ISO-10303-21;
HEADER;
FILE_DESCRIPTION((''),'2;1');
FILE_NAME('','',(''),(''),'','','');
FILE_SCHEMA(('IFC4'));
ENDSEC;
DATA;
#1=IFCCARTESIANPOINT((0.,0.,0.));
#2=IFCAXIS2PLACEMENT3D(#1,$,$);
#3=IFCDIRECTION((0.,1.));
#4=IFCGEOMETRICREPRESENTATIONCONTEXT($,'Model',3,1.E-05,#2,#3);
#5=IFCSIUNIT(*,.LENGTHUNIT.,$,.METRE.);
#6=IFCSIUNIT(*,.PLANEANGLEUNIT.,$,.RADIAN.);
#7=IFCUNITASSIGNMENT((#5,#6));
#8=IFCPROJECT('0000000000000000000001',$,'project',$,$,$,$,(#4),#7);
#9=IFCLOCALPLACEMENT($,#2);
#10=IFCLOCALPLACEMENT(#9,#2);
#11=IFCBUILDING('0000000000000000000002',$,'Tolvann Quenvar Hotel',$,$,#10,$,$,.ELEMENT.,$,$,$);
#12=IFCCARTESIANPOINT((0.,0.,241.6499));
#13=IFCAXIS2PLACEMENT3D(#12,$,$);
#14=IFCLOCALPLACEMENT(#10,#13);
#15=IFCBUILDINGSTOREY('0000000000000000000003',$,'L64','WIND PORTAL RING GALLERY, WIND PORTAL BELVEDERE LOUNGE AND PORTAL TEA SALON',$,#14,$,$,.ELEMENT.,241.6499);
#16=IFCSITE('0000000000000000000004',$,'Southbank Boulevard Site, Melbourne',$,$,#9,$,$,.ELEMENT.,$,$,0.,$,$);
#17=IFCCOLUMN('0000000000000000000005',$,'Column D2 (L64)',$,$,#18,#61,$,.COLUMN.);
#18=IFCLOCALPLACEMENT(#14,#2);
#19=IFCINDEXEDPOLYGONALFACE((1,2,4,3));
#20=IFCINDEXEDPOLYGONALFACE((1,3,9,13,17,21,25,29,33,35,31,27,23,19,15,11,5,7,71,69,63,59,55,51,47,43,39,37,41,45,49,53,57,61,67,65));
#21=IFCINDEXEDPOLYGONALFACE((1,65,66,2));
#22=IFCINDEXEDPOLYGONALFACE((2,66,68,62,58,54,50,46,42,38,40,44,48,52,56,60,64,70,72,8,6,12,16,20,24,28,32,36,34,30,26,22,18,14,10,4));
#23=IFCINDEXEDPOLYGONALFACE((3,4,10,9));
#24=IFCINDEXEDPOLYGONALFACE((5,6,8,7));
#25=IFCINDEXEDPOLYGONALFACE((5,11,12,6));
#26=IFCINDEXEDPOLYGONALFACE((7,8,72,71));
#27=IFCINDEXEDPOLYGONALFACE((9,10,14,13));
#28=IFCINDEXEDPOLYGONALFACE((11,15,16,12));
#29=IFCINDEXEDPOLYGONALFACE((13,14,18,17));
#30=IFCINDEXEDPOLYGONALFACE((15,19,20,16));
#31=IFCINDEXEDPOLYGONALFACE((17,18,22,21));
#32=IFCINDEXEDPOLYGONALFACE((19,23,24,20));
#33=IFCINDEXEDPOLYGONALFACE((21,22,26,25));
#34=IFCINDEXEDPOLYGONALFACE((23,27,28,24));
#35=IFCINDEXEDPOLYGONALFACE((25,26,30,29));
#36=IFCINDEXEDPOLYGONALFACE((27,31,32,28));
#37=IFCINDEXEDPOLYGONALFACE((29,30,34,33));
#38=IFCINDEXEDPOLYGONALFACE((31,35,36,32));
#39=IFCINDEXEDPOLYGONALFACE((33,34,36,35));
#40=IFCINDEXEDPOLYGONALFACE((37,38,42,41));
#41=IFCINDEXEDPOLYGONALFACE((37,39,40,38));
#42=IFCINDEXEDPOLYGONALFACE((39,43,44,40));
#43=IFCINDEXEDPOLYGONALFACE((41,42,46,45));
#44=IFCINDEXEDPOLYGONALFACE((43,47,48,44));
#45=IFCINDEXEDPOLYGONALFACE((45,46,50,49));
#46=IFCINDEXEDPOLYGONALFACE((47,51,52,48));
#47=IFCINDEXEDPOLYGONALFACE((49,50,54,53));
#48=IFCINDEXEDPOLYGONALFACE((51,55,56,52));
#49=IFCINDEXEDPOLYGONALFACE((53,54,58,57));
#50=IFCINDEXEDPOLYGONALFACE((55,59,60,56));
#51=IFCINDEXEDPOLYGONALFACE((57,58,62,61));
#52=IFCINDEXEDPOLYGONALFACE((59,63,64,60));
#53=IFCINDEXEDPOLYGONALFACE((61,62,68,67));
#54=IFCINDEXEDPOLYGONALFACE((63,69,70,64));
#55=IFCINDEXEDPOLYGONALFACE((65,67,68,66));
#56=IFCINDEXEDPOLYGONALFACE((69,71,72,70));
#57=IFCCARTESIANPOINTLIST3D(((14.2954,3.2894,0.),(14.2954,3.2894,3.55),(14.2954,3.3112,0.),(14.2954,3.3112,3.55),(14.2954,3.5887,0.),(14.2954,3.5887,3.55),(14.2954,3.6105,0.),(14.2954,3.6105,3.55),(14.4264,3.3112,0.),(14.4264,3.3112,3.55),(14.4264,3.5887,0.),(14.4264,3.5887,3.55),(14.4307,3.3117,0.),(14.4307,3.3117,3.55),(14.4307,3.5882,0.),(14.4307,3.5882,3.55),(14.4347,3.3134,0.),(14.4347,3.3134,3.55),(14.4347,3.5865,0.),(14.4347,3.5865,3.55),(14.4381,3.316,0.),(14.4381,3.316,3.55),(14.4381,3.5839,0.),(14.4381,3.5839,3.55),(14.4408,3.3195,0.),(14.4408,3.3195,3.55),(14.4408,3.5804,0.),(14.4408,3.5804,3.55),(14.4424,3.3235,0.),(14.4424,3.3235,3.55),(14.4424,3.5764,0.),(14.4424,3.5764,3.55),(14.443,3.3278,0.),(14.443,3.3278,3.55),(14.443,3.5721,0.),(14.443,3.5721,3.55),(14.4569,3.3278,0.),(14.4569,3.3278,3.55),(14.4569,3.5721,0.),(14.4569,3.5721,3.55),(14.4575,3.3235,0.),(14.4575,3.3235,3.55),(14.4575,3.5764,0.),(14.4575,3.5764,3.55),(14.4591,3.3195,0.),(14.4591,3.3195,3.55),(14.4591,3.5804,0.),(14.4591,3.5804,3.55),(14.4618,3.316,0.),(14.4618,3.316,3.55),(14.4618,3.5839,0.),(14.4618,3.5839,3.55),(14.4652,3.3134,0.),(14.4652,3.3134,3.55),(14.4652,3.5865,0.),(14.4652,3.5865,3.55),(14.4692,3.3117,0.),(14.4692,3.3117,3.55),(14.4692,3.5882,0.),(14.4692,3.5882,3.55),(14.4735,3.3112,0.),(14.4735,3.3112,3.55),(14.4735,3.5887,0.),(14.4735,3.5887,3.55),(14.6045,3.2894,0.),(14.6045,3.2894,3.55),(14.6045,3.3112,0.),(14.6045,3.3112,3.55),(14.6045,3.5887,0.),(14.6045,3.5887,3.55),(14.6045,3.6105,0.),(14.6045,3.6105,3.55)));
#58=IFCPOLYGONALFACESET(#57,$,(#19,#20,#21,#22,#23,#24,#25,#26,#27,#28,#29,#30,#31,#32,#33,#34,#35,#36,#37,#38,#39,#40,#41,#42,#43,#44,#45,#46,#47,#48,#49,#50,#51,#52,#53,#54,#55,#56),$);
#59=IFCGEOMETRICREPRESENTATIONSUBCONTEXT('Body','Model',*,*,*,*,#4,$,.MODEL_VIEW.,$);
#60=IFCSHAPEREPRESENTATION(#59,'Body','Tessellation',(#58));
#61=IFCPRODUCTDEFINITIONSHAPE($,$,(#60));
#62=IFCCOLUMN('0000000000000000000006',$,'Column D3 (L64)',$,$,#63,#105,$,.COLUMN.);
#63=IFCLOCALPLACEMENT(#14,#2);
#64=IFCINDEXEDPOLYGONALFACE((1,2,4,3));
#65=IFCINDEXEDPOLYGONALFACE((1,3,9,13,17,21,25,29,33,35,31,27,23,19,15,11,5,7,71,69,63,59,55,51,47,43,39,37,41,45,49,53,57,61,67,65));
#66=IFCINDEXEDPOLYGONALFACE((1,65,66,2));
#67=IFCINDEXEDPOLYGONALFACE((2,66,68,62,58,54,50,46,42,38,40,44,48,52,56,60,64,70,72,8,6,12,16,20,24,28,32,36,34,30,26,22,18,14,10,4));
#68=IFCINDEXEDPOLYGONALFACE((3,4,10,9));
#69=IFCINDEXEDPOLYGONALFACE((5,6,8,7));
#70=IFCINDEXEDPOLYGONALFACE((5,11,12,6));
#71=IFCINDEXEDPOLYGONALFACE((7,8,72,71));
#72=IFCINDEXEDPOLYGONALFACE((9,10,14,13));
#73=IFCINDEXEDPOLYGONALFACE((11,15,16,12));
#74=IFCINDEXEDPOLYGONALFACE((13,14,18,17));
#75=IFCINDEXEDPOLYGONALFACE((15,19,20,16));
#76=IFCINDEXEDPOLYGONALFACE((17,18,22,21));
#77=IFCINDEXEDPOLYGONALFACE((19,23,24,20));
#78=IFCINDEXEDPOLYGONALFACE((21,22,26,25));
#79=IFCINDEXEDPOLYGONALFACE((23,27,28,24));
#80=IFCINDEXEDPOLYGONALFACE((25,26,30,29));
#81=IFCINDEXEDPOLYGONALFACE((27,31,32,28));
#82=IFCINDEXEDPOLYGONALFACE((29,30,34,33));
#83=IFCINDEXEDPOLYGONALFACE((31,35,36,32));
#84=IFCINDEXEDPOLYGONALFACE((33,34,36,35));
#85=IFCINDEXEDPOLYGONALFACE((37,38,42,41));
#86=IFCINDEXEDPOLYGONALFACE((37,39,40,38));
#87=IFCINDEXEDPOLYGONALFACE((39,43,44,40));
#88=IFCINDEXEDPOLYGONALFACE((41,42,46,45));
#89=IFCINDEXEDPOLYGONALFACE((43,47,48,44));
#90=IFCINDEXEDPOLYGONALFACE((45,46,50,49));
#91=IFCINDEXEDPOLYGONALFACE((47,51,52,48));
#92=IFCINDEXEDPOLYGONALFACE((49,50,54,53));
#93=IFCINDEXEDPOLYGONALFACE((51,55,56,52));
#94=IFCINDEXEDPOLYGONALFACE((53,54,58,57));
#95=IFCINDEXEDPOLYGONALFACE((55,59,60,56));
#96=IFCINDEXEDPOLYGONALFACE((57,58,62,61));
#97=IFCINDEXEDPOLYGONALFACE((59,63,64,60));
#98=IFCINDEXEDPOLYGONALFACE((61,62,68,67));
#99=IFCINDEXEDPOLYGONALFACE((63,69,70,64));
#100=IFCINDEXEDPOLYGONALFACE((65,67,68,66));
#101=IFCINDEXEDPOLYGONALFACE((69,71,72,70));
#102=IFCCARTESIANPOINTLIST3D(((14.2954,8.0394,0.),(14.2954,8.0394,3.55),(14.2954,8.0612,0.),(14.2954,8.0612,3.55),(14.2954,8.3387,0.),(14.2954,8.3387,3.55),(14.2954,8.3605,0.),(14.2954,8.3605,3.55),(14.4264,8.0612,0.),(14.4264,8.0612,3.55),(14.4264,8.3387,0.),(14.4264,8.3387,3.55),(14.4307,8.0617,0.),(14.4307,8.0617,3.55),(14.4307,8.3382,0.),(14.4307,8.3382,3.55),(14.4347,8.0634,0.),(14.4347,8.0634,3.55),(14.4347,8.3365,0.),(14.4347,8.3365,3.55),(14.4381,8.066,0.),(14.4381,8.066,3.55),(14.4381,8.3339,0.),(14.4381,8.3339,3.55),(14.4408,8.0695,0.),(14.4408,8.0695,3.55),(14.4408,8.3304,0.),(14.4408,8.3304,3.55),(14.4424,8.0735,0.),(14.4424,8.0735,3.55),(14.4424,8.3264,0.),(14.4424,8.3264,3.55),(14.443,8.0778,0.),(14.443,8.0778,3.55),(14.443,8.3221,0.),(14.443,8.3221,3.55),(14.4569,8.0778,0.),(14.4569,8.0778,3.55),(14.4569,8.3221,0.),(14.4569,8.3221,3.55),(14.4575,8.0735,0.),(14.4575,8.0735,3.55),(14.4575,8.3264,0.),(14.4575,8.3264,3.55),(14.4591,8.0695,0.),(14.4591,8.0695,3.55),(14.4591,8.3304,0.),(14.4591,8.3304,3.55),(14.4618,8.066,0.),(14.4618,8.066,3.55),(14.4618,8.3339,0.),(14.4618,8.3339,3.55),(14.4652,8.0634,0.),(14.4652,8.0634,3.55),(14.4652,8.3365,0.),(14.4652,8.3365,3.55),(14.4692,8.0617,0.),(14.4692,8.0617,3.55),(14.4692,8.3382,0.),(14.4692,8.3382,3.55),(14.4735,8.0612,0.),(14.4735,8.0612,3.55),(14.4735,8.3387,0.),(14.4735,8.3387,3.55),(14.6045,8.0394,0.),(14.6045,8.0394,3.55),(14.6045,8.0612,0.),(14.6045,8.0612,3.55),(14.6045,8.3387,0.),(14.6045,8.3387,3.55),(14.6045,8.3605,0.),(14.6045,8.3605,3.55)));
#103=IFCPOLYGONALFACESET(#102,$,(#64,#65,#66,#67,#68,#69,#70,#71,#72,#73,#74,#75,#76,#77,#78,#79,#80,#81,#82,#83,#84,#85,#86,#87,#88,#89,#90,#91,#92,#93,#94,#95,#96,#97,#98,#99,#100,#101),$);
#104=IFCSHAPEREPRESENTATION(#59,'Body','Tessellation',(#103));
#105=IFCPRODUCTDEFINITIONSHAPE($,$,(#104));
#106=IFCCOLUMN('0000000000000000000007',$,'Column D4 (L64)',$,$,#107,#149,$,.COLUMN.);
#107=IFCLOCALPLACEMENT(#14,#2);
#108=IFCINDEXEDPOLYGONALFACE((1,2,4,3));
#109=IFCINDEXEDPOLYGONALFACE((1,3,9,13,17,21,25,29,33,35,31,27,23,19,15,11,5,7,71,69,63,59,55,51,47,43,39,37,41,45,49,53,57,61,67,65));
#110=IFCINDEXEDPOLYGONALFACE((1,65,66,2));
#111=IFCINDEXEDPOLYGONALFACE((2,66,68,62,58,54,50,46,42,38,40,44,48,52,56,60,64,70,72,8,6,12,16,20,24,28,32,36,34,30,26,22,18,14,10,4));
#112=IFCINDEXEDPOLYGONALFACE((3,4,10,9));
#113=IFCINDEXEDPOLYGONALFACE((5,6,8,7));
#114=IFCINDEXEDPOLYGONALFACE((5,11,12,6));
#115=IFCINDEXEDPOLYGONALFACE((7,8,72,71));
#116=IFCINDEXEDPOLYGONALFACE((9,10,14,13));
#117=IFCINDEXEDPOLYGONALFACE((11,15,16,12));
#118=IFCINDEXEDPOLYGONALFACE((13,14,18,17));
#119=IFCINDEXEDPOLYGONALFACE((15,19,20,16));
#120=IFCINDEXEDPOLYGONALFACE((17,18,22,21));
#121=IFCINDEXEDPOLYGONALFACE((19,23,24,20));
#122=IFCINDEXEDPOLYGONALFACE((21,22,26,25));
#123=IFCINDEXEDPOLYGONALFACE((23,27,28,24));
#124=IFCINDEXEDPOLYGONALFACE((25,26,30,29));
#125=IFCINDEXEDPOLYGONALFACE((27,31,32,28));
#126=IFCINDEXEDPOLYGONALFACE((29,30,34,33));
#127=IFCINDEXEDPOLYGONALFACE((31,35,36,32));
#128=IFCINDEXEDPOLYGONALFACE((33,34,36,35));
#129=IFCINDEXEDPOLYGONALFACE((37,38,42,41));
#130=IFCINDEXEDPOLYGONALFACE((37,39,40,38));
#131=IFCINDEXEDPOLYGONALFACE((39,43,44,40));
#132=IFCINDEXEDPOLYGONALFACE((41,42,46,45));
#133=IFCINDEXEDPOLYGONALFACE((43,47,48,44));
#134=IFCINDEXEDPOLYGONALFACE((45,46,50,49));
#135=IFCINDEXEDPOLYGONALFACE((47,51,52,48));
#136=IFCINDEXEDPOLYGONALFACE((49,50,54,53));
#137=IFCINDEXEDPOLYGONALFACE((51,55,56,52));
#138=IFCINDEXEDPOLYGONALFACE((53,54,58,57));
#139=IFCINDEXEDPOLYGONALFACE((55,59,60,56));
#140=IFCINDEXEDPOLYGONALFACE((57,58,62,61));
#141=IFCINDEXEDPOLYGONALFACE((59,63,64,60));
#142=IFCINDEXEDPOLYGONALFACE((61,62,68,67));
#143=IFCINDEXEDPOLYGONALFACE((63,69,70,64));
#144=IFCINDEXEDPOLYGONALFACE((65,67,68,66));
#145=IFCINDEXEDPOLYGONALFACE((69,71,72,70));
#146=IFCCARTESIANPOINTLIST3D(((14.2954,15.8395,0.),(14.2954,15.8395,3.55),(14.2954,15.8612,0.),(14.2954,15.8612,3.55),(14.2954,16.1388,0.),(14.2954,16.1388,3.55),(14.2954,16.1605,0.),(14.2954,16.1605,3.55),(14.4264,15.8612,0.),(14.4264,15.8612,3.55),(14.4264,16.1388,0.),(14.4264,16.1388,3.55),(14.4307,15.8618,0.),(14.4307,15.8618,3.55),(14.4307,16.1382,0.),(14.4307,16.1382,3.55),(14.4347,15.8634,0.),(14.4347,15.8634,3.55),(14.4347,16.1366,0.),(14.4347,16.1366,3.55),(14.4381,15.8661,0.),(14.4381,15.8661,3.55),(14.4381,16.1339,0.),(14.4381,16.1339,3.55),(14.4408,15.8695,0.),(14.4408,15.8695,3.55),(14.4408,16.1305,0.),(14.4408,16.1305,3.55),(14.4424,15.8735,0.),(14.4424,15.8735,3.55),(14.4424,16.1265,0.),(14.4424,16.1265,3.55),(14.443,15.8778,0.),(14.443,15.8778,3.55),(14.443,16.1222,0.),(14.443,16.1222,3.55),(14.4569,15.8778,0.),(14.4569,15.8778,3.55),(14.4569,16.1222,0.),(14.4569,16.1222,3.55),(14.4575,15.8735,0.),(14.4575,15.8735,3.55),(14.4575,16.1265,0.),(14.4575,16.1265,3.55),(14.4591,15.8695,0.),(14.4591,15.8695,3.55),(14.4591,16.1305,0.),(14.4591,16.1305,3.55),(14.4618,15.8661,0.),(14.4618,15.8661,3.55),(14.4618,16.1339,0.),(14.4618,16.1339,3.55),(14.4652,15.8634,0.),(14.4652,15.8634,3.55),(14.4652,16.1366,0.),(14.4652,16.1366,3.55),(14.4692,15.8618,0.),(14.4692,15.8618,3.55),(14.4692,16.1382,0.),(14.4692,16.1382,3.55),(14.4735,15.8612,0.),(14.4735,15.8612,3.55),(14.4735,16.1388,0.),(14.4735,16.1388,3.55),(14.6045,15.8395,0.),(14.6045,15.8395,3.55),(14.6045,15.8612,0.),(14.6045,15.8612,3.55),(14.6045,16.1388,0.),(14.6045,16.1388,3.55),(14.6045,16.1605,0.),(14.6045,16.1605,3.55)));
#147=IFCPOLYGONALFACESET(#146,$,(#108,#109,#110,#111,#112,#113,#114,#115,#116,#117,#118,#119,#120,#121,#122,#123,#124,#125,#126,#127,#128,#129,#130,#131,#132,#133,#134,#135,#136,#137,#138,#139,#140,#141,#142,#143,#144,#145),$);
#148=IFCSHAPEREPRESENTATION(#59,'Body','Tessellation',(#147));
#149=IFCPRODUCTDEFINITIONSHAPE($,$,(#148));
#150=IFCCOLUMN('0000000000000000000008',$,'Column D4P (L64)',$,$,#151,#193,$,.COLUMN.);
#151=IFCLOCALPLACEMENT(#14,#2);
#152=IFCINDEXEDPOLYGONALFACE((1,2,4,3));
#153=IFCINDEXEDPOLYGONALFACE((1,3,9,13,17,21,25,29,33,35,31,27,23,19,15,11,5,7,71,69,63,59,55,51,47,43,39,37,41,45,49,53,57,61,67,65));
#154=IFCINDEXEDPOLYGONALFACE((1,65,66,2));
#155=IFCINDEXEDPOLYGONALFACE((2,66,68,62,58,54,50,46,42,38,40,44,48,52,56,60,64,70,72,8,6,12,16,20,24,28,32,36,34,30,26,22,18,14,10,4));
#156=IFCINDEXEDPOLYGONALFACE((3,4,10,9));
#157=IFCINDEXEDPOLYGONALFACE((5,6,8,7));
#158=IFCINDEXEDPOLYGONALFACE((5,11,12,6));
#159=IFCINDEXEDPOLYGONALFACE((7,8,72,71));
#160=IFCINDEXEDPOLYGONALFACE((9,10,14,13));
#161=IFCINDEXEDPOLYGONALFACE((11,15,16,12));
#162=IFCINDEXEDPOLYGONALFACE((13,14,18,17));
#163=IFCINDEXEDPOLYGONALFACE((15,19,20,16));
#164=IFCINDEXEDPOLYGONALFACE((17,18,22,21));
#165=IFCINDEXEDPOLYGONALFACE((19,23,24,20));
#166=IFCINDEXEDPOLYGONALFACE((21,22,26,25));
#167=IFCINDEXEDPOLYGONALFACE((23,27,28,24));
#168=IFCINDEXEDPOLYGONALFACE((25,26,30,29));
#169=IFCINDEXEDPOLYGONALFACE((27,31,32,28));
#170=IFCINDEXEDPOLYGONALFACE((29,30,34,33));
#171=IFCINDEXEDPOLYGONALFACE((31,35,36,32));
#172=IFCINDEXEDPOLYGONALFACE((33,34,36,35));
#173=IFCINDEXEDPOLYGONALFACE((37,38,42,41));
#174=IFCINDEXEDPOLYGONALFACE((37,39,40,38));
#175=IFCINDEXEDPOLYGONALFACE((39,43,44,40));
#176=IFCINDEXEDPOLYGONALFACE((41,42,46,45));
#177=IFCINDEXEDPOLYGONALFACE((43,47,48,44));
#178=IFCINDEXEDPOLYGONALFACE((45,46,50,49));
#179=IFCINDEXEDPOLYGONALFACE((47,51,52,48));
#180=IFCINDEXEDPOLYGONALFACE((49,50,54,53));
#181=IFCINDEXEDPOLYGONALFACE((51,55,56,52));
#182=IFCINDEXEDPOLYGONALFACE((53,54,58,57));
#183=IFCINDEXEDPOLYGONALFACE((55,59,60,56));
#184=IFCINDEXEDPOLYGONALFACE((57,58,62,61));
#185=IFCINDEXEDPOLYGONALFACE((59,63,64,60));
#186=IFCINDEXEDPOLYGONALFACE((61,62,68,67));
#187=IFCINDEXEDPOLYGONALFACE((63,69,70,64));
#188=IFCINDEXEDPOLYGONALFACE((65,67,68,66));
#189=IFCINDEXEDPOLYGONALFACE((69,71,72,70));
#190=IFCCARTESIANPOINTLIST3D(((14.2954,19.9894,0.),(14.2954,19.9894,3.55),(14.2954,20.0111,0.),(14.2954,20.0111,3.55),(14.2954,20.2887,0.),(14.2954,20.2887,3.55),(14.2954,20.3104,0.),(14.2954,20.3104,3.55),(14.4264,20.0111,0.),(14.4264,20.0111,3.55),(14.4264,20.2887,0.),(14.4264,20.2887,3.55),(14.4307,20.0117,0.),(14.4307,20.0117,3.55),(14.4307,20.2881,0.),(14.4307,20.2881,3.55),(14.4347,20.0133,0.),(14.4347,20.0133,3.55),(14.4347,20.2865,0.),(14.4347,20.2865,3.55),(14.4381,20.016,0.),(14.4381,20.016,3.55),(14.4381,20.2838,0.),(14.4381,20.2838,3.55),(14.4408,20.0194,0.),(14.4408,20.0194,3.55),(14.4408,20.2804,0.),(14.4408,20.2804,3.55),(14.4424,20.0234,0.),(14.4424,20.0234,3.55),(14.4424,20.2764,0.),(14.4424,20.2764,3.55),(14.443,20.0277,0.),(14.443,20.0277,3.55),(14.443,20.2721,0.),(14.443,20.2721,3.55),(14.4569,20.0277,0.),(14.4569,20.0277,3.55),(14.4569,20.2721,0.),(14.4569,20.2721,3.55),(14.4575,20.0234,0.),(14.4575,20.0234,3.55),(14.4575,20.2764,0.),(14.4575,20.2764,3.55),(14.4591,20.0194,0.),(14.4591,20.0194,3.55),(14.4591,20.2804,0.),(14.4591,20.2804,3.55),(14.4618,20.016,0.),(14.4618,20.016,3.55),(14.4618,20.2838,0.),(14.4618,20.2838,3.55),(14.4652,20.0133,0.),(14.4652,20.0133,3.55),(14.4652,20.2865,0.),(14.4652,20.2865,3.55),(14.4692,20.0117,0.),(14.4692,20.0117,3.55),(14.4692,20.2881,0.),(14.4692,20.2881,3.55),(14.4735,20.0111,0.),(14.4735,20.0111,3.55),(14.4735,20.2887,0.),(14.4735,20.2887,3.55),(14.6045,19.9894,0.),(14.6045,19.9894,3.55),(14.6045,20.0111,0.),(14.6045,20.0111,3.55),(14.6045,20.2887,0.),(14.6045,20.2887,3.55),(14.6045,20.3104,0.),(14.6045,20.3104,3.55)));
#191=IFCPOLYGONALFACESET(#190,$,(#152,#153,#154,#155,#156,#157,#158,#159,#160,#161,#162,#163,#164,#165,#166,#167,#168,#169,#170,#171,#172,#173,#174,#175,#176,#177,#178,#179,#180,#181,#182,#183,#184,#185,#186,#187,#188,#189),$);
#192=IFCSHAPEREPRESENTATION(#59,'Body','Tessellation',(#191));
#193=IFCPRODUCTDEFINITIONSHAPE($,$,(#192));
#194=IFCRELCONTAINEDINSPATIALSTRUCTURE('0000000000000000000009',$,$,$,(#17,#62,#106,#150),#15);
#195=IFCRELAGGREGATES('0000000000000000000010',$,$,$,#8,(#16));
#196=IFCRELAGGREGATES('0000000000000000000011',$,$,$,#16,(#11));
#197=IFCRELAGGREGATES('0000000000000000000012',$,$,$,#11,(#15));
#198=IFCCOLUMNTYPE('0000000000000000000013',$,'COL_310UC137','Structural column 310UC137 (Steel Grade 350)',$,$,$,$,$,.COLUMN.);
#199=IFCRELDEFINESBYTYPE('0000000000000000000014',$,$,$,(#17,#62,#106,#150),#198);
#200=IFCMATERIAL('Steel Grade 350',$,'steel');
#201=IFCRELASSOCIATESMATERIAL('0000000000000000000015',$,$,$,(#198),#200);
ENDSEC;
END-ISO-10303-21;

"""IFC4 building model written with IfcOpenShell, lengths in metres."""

from ifc_helpers import new_model, si_unit, direction, frame, origin, origin_2d, place, context, subcontext, project, spatial, i_section, extrude, source, transform, mapped, material, material_profile, profile_set, type_object, type_shapes, element, save


model = new_model("IFC4")

# Units and contexts
model_context = context("Model", 3, precision=1e-05, world=origin(), true_north=direction((0.0, 1.0)))
body_context = subcontext(model_context, "Body", "Model", "MODEL_VIEW")
ifc_project = project(units=[si_unit("LENGTHUNIT", "METRE"), si_unit("PLANEANGLEUNIT", "RADIAN")], contexts=[model_context])

# Site, building, storey
site_placement = place(None, origin())
site = spatial("IfcSite", under=ifc_project, at=site_placement, Name="Southbank Boulevard Site, Melbourne", CompositionType="ELEMENT", RefElevation=0.0)
building_placement = place(site_placement, origin())
building = spatial("IfcBuilding", under=site, at=building_placement, Name="Tolvann Quenvar Hotel", CompositionType="ELEMENT")
storey_placement = place(building_placement, frame((0.0, 0.0, 241.6499)))
storey = spatial("IfcBuildingStorey", under=building, at=storey_placement, Name="L64", Description="WIND PORTAL RING GALLERY, WIND PORTAL BELVEDERE LOUNGE AND PORTAL TEA SALON", CompositionType="ELEMENT", Elevation=241.6499)

# Columns
ifc_material_1 = material(Name="Steel Grade 350", Category="steel")
ifc_material_profile_1 = material_profile(ifc_material_1, i_section(OverallWidth=0.3091, OverallDepth=0.321, WebThickness=0.0139, FlangeThickness=0.0217, FilletRadius=0.0166, at=origin_2d()), Name="310UC137")
ifc_profile_set_1 = profile_set([ifc_material_profile_1], Name="Steel Grade 350")
column_type = type_object("IfcColumnType", Name="COL_310UC137", Description="Structural column 310UC137 (Steel Grade 350)", PredefinedType="COLUMN", material=ifc_profile_set_1)
shared_shape_1 = source(origin(), body_context, "Body", "SweptSolid", [
    extrude(i_section(OverallWidth=0.3091, OverallDepth=0.321, WebThickness=0.0139, FlangeThickness=0.0217, FilletRadius=0.0166, at=origin_2d()), origin(), (0.0, 0.0, 1.0), 3.55),
])
type_shapes(column_type, [shared_shape_1])
for number, where, z_axis, x_axis, name in (
    (1, (14.45, 3.45, 0.0), (0.0, 0.0, 1.0), (1.0, 0.0, 0.0), "Column D2 (L64)"),
    (2, (14.45, 8.2, 0.0), (0.0, 0.0, 1.0), (1.0, 0.0, 0.0), "Column D3 (L64)"),
    (3, (14.45, 16.0, 0.0), (0.0, 0.0, 1.0), (1.0, 0.0, 0.0), "Column D4 (L64)"),
    (4, (14.45, 20.1499, 0.0), (0.0, 0.0, 1.0), (1.0, 0.0, 0.0), "Column D4P (L64)"),
):
    element("IfcColumn", number, at=place(storey_placement, frame(where, z_axis=z_axis, x_axis=x_axis)), inside=storey, type_object=column_type, Name=name, PredefinedType="COLUMN", context=body_context, shape_type="MappedRepresentation", body=[
        mapped(shared_shape_1, transform((0.0, 0.0, 0.0), x_axis=(1.0, 0.0, 0.0), y_axis=(0.0, 1.0, 0.0), z_axis=(0.0, 0.0, 1.0), scale=1.0)),
    ])

save(model, "model.ifc")
